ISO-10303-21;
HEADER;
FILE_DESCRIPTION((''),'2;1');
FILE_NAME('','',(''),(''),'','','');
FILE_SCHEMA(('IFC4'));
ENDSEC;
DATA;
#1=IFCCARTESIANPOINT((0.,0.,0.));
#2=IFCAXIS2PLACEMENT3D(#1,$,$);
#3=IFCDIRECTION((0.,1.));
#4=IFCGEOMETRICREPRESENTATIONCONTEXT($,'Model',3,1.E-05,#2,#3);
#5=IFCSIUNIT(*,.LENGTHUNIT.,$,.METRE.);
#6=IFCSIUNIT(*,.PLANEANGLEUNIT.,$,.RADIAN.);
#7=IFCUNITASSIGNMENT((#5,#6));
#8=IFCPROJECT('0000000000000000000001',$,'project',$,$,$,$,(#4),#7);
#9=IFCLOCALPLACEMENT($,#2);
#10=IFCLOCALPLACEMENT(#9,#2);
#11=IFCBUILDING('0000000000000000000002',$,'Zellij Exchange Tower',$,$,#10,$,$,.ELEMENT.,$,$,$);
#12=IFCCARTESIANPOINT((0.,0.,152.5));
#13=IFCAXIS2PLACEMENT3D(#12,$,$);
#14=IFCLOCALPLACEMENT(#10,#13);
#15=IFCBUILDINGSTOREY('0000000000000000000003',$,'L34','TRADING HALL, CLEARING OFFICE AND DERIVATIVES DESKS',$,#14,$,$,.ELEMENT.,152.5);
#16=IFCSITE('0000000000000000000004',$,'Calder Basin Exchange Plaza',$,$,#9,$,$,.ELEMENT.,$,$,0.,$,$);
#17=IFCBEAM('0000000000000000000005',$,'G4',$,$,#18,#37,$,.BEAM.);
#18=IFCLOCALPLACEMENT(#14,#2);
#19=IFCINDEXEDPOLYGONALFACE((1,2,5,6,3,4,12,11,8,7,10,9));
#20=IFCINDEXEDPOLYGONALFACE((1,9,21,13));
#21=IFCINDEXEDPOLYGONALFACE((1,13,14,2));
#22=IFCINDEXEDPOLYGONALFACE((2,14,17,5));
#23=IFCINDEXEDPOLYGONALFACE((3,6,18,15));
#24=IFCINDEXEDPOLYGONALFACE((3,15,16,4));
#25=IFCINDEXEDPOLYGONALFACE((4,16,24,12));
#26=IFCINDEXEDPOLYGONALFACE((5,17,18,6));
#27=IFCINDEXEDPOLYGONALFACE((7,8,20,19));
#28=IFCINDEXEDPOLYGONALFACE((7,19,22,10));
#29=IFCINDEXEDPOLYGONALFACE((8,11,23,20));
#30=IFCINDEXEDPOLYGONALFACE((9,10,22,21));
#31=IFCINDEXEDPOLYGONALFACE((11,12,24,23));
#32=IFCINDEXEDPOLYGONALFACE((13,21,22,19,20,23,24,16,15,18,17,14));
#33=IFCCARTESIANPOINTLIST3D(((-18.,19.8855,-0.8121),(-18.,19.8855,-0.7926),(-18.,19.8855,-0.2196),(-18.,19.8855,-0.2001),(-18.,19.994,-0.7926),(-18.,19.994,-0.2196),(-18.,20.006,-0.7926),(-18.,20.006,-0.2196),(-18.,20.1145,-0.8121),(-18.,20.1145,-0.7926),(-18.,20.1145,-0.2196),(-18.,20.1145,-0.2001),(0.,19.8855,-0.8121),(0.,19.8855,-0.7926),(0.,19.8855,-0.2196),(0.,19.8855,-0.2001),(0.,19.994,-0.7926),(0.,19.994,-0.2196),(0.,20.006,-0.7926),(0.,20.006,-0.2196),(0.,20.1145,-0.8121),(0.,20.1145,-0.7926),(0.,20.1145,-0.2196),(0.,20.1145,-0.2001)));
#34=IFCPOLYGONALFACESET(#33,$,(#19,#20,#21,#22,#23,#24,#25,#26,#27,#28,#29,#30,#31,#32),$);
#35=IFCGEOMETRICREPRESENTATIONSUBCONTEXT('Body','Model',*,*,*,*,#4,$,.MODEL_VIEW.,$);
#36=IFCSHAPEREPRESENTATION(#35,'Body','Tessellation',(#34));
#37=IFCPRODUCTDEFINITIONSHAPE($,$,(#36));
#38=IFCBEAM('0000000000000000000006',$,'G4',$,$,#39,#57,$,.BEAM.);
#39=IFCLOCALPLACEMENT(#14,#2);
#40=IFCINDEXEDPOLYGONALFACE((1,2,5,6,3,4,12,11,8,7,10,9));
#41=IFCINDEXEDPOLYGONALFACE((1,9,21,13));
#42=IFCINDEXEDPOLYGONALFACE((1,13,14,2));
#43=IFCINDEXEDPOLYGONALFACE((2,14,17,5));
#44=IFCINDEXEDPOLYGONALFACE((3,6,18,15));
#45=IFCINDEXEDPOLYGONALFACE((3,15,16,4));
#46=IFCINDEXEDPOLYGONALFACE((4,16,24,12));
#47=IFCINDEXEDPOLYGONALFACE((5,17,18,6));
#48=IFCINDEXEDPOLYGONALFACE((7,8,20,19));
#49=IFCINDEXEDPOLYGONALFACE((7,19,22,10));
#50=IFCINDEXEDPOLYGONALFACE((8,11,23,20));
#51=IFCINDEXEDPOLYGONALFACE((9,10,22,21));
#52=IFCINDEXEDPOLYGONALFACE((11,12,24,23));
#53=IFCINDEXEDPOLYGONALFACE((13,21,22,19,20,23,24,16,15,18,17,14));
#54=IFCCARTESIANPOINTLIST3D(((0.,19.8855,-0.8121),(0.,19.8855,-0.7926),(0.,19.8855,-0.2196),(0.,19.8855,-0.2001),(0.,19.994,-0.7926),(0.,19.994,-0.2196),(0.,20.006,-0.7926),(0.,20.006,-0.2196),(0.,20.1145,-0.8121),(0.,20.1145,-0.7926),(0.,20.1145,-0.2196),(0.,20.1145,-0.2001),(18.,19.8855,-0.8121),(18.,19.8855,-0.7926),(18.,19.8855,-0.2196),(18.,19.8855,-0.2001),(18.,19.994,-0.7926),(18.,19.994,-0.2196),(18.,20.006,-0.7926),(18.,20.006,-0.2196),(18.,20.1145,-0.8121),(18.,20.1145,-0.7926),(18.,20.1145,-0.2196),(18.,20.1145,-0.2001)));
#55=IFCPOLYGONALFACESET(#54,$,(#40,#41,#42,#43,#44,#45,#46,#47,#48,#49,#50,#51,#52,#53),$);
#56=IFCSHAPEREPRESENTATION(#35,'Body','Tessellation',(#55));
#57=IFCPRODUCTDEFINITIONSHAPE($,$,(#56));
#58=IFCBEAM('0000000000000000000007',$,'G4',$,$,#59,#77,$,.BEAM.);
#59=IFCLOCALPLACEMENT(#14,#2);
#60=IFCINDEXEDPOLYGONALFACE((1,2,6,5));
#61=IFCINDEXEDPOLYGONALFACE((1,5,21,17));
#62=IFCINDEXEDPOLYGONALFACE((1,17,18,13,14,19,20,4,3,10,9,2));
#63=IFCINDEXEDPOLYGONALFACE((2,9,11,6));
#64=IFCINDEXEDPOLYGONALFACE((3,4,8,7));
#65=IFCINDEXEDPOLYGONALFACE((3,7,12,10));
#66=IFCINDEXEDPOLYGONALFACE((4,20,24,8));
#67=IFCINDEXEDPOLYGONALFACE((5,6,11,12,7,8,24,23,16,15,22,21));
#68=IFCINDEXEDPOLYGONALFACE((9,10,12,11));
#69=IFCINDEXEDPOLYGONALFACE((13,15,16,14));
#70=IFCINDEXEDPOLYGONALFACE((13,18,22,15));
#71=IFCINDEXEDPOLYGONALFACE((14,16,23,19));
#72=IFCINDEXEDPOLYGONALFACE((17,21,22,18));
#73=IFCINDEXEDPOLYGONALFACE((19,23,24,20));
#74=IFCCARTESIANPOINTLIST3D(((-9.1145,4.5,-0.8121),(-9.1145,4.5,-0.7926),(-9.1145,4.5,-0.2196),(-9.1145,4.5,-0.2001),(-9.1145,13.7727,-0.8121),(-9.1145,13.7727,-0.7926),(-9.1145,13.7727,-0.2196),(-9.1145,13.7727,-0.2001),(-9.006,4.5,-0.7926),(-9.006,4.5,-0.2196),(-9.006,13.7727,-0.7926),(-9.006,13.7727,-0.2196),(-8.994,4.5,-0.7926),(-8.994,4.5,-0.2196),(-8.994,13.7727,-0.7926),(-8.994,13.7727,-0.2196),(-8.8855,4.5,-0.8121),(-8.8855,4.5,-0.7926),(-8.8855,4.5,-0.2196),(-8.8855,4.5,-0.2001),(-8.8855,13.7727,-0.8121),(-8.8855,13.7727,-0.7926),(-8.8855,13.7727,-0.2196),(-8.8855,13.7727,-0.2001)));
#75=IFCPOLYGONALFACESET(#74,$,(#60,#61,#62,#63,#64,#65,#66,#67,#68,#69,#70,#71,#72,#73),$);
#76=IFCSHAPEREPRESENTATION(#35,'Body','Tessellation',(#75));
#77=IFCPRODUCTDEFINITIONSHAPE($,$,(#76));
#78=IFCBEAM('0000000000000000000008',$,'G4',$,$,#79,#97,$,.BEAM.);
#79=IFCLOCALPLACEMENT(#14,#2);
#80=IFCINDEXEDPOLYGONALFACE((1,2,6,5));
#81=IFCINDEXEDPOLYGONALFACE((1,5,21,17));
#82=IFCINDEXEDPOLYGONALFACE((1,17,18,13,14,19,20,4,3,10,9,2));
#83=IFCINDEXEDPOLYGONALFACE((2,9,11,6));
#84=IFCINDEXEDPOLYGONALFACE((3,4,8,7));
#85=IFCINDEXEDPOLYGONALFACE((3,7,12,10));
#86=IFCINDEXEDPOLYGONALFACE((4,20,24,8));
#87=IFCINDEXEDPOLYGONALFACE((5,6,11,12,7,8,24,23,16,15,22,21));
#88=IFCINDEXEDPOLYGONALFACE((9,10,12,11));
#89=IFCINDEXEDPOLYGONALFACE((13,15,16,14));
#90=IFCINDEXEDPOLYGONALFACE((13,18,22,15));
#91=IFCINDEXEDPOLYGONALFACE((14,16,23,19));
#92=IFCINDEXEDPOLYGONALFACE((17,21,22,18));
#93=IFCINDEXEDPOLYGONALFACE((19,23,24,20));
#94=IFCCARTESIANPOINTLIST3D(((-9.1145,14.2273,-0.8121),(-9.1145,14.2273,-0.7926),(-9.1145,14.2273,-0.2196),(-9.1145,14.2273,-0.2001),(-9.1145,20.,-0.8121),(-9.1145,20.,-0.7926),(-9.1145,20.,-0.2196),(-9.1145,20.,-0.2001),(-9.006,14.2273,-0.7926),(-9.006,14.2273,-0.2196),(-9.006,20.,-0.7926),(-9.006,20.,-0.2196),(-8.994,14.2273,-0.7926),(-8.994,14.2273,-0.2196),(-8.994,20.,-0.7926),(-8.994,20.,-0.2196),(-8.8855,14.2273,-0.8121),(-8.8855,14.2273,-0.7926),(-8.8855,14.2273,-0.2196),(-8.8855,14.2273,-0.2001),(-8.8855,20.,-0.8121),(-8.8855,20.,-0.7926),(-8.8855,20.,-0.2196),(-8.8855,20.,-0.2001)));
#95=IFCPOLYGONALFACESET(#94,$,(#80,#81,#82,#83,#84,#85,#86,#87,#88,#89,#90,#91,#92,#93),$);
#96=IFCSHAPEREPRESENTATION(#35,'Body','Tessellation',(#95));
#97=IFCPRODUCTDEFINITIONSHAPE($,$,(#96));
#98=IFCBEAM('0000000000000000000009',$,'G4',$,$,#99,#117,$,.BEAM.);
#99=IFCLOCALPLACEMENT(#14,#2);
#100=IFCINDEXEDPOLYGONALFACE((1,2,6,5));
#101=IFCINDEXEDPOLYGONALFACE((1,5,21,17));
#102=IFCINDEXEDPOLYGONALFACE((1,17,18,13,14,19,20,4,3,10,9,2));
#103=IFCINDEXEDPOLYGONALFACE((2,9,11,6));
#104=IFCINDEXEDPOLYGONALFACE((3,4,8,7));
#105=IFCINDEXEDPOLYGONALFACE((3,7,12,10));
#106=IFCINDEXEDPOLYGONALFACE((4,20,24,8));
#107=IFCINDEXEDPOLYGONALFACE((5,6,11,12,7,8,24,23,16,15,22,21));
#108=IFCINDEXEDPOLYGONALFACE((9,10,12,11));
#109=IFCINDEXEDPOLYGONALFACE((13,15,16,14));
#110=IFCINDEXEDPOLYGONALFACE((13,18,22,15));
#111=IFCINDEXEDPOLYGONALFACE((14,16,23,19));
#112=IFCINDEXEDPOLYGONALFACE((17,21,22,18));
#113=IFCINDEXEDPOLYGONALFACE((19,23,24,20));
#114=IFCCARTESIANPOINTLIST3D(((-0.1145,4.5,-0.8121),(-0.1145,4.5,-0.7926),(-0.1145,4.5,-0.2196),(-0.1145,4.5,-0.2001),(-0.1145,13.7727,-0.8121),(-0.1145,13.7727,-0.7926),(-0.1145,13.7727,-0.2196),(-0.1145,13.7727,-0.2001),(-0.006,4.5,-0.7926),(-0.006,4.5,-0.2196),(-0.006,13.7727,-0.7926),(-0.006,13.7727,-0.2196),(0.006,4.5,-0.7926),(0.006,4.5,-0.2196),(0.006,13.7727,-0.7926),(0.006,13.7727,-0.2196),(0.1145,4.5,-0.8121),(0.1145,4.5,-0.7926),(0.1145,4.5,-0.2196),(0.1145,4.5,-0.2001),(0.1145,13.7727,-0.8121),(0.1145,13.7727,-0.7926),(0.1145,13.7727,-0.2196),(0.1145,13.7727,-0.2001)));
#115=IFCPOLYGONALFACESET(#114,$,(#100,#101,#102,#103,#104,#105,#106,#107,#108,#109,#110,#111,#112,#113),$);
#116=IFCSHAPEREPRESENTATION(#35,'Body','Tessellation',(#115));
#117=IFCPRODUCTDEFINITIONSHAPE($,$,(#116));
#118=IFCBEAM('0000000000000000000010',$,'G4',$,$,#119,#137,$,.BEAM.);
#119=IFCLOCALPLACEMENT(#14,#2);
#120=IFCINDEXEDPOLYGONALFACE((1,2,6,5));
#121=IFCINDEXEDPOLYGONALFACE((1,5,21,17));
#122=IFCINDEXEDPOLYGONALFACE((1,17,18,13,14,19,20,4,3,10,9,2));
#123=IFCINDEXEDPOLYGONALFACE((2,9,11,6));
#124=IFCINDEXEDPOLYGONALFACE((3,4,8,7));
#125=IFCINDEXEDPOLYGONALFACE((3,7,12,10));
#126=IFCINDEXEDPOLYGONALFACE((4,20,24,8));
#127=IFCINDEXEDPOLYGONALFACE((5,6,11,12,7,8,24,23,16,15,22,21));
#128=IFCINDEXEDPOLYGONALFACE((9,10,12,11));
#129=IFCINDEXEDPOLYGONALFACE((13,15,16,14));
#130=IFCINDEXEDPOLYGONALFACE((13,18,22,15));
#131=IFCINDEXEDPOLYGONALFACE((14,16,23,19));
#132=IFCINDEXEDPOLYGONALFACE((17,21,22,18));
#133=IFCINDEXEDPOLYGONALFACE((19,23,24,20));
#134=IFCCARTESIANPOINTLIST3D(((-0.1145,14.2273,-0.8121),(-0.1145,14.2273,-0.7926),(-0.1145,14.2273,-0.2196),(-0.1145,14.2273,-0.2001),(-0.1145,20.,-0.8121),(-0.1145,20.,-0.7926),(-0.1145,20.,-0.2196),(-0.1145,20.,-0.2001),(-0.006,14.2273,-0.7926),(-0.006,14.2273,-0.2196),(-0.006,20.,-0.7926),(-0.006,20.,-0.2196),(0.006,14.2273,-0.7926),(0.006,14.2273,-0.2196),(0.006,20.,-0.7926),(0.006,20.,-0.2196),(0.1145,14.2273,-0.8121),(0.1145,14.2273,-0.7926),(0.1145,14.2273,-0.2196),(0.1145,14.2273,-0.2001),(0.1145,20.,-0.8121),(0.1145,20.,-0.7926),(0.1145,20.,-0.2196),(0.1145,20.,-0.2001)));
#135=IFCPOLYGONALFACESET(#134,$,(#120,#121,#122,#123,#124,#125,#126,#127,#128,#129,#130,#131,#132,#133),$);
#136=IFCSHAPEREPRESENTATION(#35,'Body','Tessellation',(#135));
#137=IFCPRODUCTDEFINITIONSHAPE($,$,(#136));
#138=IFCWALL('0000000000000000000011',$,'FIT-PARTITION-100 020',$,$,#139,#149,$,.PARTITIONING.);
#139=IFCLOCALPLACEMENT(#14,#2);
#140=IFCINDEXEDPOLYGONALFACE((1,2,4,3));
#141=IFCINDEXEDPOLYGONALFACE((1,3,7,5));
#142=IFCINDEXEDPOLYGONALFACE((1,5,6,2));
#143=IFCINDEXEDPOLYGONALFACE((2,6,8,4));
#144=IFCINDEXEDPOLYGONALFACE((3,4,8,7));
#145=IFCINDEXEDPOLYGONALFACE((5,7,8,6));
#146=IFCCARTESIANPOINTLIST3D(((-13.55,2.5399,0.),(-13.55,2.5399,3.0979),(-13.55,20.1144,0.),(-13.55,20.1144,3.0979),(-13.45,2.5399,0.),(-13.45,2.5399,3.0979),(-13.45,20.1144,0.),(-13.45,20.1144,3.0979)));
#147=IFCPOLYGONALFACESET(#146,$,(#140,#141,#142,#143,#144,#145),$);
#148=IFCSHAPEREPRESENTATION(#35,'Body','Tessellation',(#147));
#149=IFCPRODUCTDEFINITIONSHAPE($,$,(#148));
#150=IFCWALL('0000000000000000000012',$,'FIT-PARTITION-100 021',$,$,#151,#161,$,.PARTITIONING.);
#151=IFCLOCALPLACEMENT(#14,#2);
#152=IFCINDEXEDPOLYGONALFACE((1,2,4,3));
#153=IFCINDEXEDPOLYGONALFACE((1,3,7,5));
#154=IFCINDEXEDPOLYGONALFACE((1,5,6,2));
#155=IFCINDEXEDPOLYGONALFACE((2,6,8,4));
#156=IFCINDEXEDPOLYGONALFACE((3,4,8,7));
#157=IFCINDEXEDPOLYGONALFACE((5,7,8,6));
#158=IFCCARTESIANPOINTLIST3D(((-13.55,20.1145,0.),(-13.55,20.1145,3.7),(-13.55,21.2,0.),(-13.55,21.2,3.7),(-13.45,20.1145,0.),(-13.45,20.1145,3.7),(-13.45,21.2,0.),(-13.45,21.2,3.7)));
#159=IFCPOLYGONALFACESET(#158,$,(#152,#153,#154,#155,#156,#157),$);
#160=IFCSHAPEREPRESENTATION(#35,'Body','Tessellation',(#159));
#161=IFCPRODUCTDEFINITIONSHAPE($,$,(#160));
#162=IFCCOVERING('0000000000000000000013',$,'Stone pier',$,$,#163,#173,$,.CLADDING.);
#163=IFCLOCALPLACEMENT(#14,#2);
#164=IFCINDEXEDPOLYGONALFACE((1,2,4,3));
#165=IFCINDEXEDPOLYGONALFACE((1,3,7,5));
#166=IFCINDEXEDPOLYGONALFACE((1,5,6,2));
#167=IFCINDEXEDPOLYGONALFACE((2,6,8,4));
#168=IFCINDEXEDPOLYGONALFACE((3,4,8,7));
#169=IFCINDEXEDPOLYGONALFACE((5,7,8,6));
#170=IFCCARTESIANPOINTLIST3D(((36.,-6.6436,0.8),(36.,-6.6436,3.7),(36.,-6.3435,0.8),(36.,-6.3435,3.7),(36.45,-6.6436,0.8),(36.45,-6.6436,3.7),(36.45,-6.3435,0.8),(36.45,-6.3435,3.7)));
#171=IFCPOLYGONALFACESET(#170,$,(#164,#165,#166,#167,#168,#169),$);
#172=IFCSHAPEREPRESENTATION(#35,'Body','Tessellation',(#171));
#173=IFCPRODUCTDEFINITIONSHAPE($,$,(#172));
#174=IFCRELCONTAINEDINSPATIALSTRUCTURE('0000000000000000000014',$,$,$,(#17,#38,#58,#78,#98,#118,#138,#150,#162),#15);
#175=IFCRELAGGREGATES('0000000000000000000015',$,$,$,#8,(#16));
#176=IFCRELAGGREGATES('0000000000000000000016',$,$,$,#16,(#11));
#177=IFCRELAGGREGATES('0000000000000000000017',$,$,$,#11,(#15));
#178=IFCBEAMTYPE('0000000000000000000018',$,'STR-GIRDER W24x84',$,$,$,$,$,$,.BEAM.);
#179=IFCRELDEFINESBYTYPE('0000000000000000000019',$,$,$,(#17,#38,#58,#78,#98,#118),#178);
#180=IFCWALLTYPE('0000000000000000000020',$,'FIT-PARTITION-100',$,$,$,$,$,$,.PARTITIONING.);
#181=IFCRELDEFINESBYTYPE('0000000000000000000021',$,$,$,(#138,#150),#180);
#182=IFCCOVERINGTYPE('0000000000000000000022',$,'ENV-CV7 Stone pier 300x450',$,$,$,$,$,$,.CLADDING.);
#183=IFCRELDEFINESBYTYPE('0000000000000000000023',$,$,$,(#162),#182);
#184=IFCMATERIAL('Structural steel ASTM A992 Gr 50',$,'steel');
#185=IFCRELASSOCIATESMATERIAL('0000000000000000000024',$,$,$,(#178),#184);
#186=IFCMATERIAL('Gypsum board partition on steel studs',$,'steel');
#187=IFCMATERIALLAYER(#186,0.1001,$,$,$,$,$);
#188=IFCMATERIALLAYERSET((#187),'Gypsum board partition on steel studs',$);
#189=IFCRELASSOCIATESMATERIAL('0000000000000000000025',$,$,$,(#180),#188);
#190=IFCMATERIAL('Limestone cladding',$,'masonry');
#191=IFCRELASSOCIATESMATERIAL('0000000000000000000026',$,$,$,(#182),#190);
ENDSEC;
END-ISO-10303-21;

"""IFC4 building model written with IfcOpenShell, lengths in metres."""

from ifc_helpers import new_model, si_unit, direction, frame, frame_2d, origin, origin_2d, place, context, subcontext, project, spatial, polyline, rectangle, i_section, outline, extrude, material, layer, layer_set, material_profile, profile_set, type_object, element, save


model = new_model("IFC4")

# Units and contexts
model_context = context("Model", 3, precision=1e-05, world=origin(), true_north=direction((0.0, 1.0)))
body_context = subcontext(model_context, "Body", "Model", "MODEL_VIEW")
ifc_project = project(units=[si_unit("LENGTHUNIT", "METRE"), si_unit("PLANEANGLEUNIT", "RADIAN")], contexts=[model_context])

# Site, building, storey
site_placement = place(None, origin())
site = spatial("IfcSite", under=ifc_project, at=site_placement, Name="Calder Basin Exchange Plaza", CompositionType="ELEMENT", RefElevation=0.0)
building_placement = place(site_placement, origin())
building = spatial("IfcBuilding", under=site, at=building_placement, Name="Zellij Exchange Tower", CompositionType="ELEMENT")
storey_placement = place(building_placement, frame((0.0, 0.0, 152.5)))
storey = spatial("IfcBuildingStorey", under=building, at=storey_placement, Name="L34", Description="TRADING HALL, CLEARING OFFICE AND DERIVATIVES DESKS", CompositionType="ELEMENT", Elevation=152.5)

# Beams
ifc_material_1 = material(Name="Structural steel ASTM A992 Gr 50", Category="steel")
ifc_material_profile_1 = material_profile(ifc_material_1, i_section(OverallWidth=0.229, OverallDepth=0.6121, WebThickness=0.012, FlangeThickness=0.0195, at=origin_2d()), Name="W24x84")
ifc_profile_set_1 = profile_set([ifc_material_profile_1], Name="Structural steel ASTM A992 Gr 50")
beam_type = type_object("IfcBeamType", Name="STR-GIRDER W24x84", PredefinedType="BEAM", material=ifc_profile_set_1)
for number, where, z_axis, x_axis, name in (
    (1, (-18.0, 20.0, -0.5061), (1.0, 0.0, 0.0), (0.0, 1.0, 0.0), "G4"),
    (2, (0.0, 20.0, -0.5061), (1.0, 0.0, 0.0), (0.0, 1.0, 0.0), "G4"),
):
    element("IfcBeam", number, at=place(storey_placement, frame(where, z_axis=z_axis, x_axis=x_axis)), inside=storey, type_object=beam_type, Name=name, PredefinedType="BEAM", context=body_context, shape_type="SweptSolid", body=[
        extrude(i_section(OverallWidth=0.229, OverallDepth=0.6121, WebThickness=0.012, FlangeThickness=0.0195, at=origin_2d()), origin(), (0.0, 0.0, 1.0), 18.0),
    ])
beam_1_placement = place(storey_placement, frame((-9.0, 4.5, -0.5061), z_axis=(0.0, 1.0, 0.0), x_axis=(-1.0, 0.0, 0.0)))
element("IfcBeam", 3, at=beam_1_placement, inside=storey, type_object=beam_type, Name="G4", PredefinedType="BEAM", context=body_context, shape_type="SweptSolid", body=[
    extrude(i_section(OverallWidth=0.229, OverallDepth=0.6121, WebThickness=0.012, FlangeThickness=0.0195, at=origin_2d()), origin(), (0.0, 0.0, 1.0), 9.2727),
])
beam_2_placement = place(storey_placement, frame((-9.0, 14.2273, -0.5061), z_axis=(0.0, 1.0, 0.0), x_axis=(-1.0, 0.0, 0.0)))
element("IfcBeam", 4, at=beam_2_placement, inside=storey, type_object=beam_type, Name="G4", PredefinedType="BEAM", context=body_context, shape_type="SweptSolid", body=[
    extrude(i_section(OverallWidth=0.229, OverallDepth=0.6121, WebThickness=0.012, FlangeThickness=0.0195, at=origin_2d()), origin(), (0.0, 0.0, 1.0), 5.7727),
])
beam_3_placement = place(storey_placement, frame((0.0, 4.5, -0.5061), z_axis=(0.0, 1.0, 0.0), x_axis=(-1.0, 0.0, 0.0)))
element("IfcBeam", 5, at=beam_3_placement, inside=storey, type_object=beam_type, Name="G4", PredefinedType="BEAM", context=body_context, shape_type="SweptSolid", body=[
    extrude(i_section(OverallWidth=0.229, OverallDepth=0.6121, WebThickness=0.012, FlangeThickness=0.0195, at=origin_2d()), origin(), (0.0, 0.0, 1.0), 9.2727),
])
beam_4_placement = place(storey_placement, frame((0.0, 14.2273, -0.5061), z_axis=(0.0, 1.0, 0.0), x_axis=(-1.0, 0.0, 0.0)))
element("IfcBeam", 6, at=beam_4_placement, inside=storey, type_object=beam_type, Name="G4", PredefinedType="BEAM", context=body_context, shape_type="SweptSolid", body=[
    extrude(i_section(OverallWidth=0.229, OverallDepth=0.6121, WebThickness=0.012, FlangeThickness=0.0195, at=origin_2d()), origin(), (0.0, 0.0, 1.0), 5.7727),
])

# Walls
ifc_material_2 = material(Name="Gypsum board partition on steel studs", Category="steel")
ifc_layer_1 = layer(ifc_material_2, 0.1001)
ifc_layer_set_1 = layer_set([ifc_layer_1], Name="Gypsum board partition on steel studs")
wall_type = type_object("IfcWallType", Name="FIT-PARTITION-100", PredefinedType="PARTITIONING", material=ifc_layer_set_1)
wall_1_placement = place(storey_placement, frame((-13.5, 2.54, 0.0), z_axis=(0.0, 0.0, 1.0), x_axis=(0.0, 1.0, 0.0)))
element("IfcWall", 7, at=wall_1_placement, inside=storey, type_object=wall_type, Name="FIT-PARTITION-100 020", PredefinedType="PARTITIONING", context=body_context, shape_type="SweptSolid", body=[
    extrude(rectangle(XDim=17.5745, YDim=0.1001, at=frame_2d((8.7871, 0.0))), origin(), (0.0, 0.0, 1.0), 3.0979),
])
wall_2_placement = place(storey_placement, frame((-13.5, 20.1145, 0.0), z_axis=(0.0, 0.0, 1.0), x_axis=(0.0, 1.0, 0.0)))
element("IfcWall", 8, at=wall_2_placement, inside=storey, type_object=wall_type, Name="FIT-PARTITION-100 021", PredefinedType="PARTITIONING", context=body_context, shape_type="SweptSolid", body=[
    extrude(rectangle(XDim=1.0854, YDim=0.1001, at=frame_2d((0.5427, 0.0))), origin(), (0.0, 0.0, 1.0), 3.7),
])

# Covering
ifc_material_3 = material(Name="Limestone cladding", Category="masonry")
covering_type_1 = type_object("IfcCoveringType", Name="ENV-CV7 Stone pier 300x450", PredefinedType="CLADDING", material=ifc_material_3)
covering_placement = place(storey_placement, frame((0.0, 0.0, 0.8)))
element("IfcCovering", 9, at=covering_placement, inside=storey, type_object=covering_type_1, Name="Stone pier", PredefinedType="CLADDING", context=body_context, shape_type="SweptSolid", body=[
    extrude(outline(polyline([(36.0, -6.6436), (36.0, -6.3435), (36.45, -6.3435), (36.45, -6.6436), (36.0, -6.6436)])), origin(), (0.0, 0.0, 1.0), 2.8999),
])

save(model, "model.ifc")
